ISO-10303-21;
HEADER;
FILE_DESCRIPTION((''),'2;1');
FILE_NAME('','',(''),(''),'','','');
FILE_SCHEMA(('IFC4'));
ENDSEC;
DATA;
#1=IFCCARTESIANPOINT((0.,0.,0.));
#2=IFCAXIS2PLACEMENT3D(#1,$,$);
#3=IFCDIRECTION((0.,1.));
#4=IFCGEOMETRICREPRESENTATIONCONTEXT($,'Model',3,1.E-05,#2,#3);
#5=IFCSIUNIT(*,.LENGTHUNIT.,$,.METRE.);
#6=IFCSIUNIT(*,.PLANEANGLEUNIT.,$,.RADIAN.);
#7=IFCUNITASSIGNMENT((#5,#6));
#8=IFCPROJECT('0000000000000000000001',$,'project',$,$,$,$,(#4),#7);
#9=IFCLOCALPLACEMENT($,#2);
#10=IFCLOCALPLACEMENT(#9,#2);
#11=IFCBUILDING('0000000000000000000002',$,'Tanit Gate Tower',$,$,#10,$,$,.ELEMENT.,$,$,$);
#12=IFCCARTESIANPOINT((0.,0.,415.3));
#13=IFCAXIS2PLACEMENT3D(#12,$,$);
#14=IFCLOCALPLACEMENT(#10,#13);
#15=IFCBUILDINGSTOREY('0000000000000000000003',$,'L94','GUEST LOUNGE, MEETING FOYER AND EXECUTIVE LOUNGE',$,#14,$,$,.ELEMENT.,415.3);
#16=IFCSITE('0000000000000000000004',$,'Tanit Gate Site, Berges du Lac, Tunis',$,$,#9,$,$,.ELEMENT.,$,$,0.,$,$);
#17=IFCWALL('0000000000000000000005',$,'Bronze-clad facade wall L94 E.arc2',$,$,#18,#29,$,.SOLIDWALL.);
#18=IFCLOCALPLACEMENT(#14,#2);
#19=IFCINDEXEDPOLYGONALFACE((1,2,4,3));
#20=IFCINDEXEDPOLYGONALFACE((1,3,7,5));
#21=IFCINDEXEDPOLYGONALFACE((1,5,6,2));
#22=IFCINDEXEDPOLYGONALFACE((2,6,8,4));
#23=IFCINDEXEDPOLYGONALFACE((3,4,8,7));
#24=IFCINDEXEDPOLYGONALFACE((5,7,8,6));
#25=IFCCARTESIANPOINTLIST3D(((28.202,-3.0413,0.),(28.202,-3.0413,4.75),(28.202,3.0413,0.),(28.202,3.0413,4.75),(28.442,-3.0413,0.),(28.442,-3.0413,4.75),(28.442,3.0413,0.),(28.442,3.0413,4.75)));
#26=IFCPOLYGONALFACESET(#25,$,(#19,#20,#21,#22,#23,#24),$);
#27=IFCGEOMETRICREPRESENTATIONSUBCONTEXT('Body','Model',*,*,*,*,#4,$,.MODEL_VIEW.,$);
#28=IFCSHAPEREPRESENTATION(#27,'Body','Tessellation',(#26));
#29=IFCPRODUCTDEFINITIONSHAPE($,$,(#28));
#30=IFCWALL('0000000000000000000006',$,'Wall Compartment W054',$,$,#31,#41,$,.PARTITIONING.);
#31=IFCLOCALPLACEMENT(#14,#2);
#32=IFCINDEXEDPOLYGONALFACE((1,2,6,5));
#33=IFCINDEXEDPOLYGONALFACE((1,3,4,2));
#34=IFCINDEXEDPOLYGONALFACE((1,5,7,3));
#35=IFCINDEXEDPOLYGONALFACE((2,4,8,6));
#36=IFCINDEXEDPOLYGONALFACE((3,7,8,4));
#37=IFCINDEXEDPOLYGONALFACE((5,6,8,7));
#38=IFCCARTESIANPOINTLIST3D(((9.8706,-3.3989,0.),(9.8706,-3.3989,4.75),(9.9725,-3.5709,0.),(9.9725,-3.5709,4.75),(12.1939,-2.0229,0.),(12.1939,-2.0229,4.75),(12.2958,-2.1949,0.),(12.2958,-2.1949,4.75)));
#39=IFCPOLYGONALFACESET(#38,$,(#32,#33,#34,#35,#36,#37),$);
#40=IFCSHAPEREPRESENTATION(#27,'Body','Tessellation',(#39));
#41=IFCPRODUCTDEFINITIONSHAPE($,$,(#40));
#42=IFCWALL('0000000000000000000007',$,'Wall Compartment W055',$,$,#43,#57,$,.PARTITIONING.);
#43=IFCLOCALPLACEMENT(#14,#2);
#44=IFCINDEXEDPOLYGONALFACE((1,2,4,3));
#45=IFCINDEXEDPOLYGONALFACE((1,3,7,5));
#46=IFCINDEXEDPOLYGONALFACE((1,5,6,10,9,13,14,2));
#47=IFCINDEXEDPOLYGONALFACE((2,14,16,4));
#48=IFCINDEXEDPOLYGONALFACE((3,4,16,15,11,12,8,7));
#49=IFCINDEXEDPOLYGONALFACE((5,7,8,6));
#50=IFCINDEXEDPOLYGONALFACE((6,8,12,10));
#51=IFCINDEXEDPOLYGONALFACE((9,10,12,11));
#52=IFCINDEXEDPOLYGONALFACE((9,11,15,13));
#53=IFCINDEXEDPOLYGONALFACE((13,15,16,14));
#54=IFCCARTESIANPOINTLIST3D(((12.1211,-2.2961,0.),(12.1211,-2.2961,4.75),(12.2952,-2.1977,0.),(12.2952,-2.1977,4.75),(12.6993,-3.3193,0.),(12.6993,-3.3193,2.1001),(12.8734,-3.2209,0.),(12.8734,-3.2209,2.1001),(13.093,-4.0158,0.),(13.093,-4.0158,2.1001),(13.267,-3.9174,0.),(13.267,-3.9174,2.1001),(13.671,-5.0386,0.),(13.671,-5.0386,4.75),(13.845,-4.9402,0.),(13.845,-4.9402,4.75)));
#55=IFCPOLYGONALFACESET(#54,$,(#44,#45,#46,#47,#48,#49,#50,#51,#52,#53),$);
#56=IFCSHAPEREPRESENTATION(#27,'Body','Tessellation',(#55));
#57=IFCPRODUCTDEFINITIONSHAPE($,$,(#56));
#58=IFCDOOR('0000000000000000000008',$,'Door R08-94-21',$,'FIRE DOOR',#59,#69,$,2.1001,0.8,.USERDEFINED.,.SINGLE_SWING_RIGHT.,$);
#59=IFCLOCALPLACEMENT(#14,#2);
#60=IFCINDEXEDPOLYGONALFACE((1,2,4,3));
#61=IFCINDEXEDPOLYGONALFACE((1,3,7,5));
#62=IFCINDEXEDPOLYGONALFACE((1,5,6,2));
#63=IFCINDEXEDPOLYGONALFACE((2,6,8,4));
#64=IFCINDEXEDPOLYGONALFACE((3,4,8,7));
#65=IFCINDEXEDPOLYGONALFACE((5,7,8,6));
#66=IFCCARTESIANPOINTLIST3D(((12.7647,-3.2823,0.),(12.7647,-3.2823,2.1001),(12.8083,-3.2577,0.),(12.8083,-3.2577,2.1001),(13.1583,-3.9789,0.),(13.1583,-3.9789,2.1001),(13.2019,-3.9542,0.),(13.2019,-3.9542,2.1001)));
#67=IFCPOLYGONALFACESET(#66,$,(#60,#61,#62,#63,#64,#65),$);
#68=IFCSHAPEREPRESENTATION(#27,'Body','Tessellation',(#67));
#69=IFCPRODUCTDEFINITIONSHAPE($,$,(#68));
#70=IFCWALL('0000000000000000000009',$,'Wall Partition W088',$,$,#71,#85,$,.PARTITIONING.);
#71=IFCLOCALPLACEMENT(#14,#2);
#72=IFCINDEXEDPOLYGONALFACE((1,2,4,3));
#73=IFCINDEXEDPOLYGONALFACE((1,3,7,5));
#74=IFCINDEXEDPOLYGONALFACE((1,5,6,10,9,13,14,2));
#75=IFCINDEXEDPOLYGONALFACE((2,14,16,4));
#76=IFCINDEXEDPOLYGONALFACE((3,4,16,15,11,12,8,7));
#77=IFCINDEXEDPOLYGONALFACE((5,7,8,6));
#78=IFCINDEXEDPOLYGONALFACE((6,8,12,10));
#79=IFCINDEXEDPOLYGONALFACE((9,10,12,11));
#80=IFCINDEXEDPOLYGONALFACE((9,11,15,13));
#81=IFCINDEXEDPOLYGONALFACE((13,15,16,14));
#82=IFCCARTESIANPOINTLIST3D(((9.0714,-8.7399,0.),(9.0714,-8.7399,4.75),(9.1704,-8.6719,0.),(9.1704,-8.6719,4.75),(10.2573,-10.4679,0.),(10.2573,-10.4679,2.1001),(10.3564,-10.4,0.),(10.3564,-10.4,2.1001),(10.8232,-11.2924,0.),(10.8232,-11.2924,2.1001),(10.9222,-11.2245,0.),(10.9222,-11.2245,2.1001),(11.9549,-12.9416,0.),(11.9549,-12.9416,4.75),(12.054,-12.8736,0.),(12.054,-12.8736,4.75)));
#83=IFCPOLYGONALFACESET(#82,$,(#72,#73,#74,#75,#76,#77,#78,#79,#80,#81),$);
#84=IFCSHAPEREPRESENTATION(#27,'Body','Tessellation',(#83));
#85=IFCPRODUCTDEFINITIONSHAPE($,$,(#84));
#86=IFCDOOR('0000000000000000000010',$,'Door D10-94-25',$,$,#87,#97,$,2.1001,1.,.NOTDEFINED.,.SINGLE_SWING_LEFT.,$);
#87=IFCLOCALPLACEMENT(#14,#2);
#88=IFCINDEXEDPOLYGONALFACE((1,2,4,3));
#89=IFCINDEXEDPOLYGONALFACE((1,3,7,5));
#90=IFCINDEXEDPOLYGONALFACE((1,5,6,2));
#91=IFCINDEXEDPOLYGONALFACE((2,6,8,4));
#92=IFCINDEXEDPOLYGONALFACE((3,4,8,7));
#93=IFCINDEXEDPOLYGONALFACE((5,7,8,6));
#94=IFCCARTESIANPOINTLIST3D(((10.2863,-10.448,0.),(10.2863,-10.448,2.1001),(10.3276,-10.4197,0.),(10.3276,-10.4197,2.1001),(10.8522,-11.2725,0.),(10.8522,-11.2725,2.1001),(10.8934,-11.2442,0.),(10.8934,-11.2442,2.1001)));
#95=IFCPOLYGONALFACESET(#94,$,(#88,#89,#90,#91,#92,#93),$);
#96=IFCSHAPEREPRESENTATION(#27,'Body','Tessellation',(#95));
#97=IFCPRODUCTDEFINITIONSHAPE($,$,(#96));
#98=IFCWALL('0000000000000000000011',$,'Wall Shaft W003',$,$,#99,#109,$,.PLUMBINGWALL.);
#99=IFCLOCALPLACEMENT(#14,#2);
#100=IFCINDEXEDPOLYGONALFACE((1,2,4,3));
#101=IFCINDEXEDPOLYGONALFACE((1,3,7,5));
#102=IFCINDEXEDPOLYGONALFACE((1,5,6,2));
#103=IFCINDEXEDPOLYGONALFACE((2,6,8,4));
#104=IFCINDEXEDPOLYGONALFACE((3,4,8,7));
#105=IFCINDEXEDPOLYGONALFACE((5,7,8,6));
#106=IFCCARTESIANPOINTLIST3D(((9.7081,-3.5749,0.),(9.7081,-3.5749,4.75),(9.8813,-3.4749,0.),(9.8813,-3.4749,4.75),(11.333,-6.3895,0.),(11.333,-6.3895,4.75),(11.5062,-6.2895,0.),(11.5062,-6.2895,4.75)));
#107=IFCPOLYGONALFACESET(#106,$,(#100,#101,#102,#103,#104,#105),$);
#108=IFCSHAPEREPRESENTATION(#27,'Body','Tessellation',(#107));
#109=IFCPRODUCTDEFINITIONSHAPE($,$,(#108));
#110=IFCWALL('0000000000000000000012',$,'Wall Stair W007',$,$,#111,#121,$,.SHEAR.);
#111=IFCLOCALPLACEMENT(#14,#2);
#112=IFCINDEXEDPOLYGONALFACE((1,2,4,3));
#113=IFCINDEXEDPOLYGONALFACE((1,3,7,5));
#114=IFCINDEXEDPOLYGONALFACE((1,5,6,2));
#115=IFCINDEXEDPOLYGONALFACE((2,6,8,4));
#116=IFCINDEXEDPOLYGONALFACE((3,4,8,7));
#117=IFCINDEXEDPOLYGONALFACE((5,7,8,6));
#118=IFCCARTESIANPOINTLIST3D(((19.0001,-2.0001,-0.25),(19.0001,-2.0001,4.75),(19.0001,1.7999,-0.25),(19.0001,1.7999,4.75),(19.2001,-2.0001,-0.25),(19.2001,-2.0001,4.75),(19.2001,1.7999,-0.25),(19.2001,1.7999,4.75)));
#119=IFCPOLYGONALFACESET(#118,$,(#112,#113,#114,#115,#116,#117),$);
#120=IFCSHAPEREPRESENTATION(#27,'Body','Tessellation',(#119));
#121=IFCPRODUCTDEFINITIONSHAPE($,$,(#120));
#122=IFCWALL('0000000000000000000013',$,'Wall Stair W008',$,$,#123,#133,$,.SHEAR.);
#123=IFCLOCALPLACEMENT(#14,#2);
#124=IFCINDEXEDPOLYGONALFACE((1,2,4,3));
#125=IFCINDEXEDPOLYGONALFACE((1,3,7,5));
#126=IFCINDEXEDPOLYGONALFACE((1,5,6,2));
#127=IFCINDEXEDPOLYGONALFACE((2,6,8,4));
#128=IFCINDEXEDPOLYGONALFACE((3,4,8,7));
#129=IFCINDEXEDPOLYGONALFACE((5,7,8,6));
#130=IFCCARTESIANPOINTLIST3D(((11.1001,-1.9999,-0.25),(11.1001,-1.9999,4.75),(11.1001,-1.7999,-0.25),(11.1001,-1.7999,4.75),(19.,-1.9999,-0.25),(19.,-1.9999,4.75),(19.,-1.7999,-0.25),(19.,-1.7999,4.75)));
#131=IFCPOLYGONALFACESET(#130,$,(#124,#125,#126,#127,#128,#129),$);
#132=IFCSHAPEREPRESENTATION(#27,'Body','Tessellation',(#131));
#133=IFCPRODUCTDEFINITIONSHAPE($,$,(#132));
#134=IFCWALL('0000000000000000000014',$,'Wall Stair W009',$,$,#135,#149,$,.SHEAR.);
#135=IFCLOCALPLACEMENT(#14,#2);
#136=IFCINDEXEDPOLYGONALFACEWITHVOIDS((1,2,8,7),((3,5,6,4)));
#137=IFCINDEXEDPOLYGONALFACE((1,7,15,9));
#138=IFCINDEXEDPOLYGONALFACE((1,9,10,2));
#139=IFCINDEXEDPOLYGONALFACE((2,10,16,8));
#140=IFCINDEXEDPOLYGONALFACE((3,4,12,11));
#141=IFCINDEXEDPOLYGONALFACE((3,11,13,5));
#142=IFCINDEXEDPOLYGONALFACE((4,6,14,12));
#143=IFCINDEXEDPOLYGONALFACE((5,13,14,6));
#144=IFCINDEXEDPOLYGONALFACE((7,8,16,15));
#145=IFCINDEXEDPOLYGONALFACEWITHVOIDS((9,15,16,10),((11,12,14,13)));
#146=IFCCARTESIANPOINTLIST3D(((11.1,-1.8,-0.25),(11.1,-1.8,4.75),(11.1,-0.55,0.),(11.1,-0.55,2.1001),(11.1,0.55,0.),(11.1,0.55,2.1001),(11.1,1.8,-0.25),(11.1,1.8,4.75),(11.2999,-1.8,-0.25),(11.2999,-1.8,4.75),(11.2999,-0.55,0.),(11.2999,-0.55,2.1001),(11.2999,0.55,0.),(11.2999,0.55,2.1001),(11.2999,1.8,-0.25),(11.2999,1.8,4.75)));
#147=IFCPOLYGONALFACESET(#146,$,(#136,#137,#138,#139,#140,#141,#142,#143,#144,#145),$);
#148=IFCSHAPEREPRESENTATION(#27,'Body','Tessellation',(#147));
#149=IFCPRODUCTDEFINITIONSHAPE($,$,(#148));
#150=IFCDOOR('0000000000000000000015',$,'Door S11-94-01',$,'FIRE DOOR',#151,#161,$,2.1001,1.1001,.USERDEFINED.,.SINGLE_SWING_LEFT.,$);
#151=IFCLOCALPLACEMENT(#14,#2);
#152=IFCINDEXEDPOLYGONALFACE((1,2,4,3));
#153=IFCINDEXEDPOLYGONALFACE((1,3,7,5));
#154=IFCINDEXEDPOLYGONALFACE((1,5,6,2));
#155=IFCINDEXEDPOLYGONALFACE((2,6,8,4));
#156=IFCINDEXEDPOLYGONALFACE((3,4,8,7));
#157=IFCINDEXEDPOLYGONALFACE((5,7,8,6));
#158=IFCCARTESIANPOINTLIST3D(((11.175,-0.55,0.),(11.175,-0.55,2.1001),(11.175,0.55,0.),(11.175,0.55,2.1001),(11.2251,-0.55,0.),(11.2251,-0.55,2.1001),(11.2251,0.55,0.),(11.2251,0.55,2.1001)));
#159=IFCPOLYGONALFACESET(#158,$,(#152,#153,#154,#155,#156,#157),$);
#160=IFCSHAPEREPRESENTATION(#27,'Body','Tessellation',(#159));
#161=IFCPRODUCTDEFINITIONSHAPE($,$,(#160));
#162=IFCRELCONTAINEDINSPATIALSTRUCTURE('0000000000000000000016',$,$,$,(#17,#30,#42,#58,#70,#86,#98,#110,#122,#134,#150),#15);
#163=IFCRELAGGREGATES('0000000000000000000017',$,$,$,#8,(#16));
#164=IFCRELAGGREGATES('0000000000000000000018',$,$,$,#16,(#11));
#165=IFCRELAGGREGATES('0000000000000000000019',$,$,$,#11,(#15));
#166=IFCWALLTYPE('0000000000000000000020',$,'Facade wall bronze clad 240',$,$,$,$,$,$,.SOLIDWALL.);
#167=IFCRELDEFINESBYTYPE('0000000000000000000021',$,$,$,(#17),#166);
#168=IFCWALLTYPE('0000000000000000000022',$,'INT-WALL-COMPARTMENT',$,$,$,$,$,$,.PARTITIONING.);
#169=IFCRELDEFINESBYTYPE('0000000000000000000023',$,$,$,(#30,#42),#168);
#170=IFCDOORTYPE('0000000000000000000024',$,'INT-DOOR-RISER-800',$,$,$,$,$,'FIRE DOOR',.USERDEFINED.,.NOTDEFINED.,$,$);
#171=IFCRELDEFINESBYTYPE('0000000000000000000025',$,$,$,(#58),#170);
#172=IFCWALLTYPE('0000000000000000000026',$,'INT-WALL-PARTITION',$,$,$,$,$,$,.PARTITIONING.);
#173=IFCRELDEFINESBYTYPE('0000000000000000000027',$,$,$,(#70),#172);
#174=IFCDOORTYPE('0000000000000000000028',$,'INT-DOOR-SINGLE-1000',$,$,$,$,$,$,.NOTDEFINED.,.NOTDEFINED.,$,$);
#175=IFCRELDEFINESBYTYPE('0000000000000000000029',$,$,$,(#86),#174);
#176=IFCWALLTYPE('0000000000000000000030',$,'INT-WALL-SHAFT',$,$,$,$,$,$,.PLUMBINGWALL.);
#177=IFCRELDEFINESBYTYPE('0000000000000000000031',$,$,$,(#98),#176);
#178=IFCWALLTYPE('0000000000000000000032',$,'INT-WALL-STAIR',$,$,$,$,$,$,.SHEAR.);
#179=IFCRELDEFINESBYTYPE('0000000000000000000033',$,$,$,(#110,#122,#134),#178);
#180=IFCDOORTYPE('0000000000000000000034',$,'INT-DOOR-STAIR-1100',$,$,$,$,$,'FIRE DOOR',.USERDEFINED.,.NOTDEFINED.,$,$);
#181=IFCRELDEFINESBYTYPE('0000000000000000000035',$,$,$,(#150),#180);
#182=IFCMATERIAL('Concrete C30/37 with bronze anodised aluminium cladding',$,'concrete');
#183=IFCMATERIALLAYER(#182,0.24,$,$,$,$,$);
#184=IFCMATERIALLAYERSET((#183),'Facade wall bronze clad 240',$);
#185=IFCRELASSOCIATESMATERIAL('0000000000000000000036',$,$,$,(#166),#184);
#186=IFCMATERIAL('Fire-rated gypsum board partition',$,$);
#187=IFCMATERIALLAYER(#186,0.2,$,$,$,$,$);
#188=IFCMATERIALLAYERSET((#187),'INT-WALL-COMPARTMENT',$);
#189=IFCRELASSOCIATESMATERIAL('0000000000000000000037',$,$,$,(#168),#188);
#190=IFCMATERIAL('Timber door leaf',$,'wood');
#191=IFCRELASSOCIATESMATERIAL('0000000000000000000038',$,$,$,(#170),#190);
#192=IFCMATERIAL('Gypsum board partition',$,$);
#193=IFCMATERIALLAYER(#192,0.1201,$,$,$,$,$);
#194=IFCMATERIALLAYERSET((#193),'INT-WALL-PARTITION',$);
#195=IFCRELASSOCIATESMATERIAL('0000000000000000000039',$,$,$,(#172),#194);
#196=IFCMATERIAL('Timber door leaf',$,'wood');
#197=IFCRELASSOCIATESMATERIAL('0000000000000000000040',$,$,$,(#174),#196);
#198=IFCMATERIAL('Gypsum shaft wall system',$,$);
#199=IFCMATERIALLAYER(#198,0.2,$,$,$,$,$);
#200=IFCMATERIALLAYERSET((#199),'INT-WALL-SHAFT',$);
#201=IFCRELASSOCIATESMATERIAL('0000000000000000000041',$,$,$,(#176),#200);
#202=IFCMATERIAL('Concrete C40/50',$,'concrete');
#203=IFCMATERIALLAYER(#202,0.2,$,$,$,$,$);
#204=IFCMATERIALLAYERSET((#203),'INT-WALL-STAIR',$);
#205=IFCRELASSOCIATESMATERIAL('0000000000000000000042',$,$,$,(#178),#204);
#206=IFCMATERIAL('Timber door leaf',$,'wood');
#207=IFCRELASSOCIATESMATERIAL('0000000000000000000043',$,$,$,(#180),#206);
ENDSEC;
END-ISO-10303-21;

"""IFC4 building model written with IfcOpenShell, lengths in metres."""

from ifc_helpers import new_model, si_unit, direction, frame, frame_2d, origin, place, context, subcontext, project, spatial, rectangle, extrude, material, layer, layer_set, type_object, element, fill, save


model = new_model("IFC4")

# Units and contexts
model_context = context("Model", 3, precision=1e-05, world=origin(), true_north=direction((0.0, 1.0)))
body_context = subcontext(model_context, "Body", "Model", "MODEL_VIEW")
ifc_project = project(units=[si_unit("LENGTHUNIT", "METRE"), si_unit("PLANEANGLEUNIT", "RADIAN")], contexts=[model_context])

# Site, building, storey
site_placement = place(None, origin())
site = spatial("IfcSite", under=ifc_project, at=site_placement, Name="Tanit Gate Site, Berges du Lac, Tunis", CompositionType="ELEMENT", RefElevation=0.0)
building_placement = place(site_placement, origin())
building = spatial("IfcBuilding", under=site, at=building_placement, Name="Tanit Gate Tower", CompositionType="ELEMENT")
storey_placement = place(building_placement, frame((0.0, 0.0, 415.3)))
storey = spatial("IfcBuildingStorey", under=building, at=storey_placement, Name="L94", Description="GUEST LOUNGE, MEETING FOYER AND EXECUTIVE LOUNGE", CompositionType="ELEMENT", Elevation=415.3)

# Walls
ifc_material_1 = material(Name="Concrete C30/37 with bronze anodised aluminium cladding", Category="concrete")
ifc_layer_1 = layer(ifc_material_1, 0.24)
ifc_layer_set_1 = layer_set([ifc_layer_1], Name="Facade wall bronze clad 240")
wall_type_1 = type_object("IfcWallType", Name="Facade wall bronze clad 240", PredefinedType="SOLIDWALL", material=ifc_layer_set_1)
wall_1_placement = place(storey_placement, frame((28.322, -3.0413, 0.0), z_axis=(0.0, 0.0, 1.0), x_axis=(0.0, 1.0, 0.0)))
element("IfcWall", 1, at=wall_1_placement, inside=storey, type_object=wall_type_1, Name="Bronze-clad facade wall L94 E.arc2", PredefinedType="SOLIDWALL", context=body_context, shape_type="SweptSolid", body=[
    extrude(rectangle(XDim=6.0825, YDim=0.24, at=frame_2d((3.0413, 0.0))), origin(), (0.0, 0.0, 1.0), 4.75),
])
ifc_material_2 = material(Name="Fire-rated gypsum board partition")
ifc_layer_2 = layer(ifc_material_2, 0.2)
ifc_layer_set_2 = layer_set([ifc_layer_2], Name="INT-WALL-COMPARTMENT")
wall_type_2 = type_object("IfcWallType", Name="INT-WALL-COMPARTMENT", PredefinedType="PARTITIONING", material=ifc_layer_set_2)
wall_2_placement = place(storey_placement, frame((12.2449, -2.1089, 0.0), z_axis=(0.0, 0.0, 1.0), x_axis=(-0.860415, -0.509594, 0.0)))
element("IfcWall", 2, at=wall_2_placement, inside=storey, type_object=wall_type_2, Name="Wall Compartment W054", PredefinedType="PARTITIONING", context=body_context, shape_type="SweptSolid", body=[
    extrude(rectangle(XDim=2.7002, YDim=0.2, at=frame_2d((1.3501, 0.0))), origin(), (0.0, 0.0, 1.0), 4.75),
])

# Walls, openings, doors
wall_3_placement = place(storey_placement, frame((13.7581, -4.9895, 0.0), z_axis=(0.0, 0.0, 1.0), x_axis=(-0.491993, 0.870599, 0.0)))
wall_3 = element("IfcWall", 3, at=wall_3_placement, inside=storey, type_object=wall_type_2, Name="Wall Compartment W055", PredefinedType="PARTITIONING", context=body_context, shape_type="SweptSolid", body=[
    extrude(rectangle(XDim=3.1501, YDim=0.2, at=frame_2d((1.5752, 0.0))), origin(), (0.0, 0.0, 1.0), 4.75),
])
opening_1_placement = place(wall_3_placement, frame((1.175, 0.0, 0.0)))
opening_1 = element("IfcOpeningElement", 4, at=opening_1_placement, cuts=wall_3, PredefinedType="OPENING", context=body_context, shape_type="SweptSolid", body=[
    extrude(rectangle(XDim=0.8, YDim=2.1001, at=frame_2d((0.3999, 1.05))), frame((0.0, 0.1099, 0.0), z_axis=(0.0, -1.0, 0.0), x_axis=(1.0, 0.0, 0.0)), (0.0, 0.0, 1.0), 0.22),
])
ifc_material_3 = material(Name="Timber door leaf", Category="wood")
door_type_1 = type_object("IfcDoorType", Name="INT-DOOR-RISER-800", ElementType="FIRE DOOR", OperationType="NOTDEFINED", PredefinedType="USERDEFINED", material=ifc_material_3)
door_1_placement = place(opening_1_placement, origin())
door_1 = element("IfcDoor", 5, at=door_1_placement, inside=storey, type_object=door_type_1, Name="Door R08-94-21", ObjectType="FIRE DOOR", OperationType="SINGLE_SWING_RIGHT", OverallHeight=2.1001, OverallWidth=0.8, PredefinedType="USERDEFINED", context=body_context, shape_type="SweptSolid", body=[
    extrude(rectangle(XDim=0.8, YDim=2.1001, at=frame_2d((0.3999, 1.05))), frame((0.0, 0.0249, 0.0), z_axis=(0.0, -1.0, 0.0), x_axis=(1.0, 0.0, 0.0)), (0.0, 0.0, 1.0), 0.05),
])
fill(opening_1, door_1)
ifc_material_4 = material(Name="Gypsum board partition")
ifc_layer_3 = layer(ifc_material_4, 0.1201)
ifc_layer_set_3 = layer_set([ifc_layer_3], Name="INT-WALL-PARTITION")
wall_type_3 = type_object("IfcWallType", Name="INT-WALL-PARTITION", PredefinedType="PARTITIONING", material=ifc_layer_set_3)
wall_4_placement = place(storey_placement, frame((12.0044, -12.9075, 0.0), z_axis=(0.0, 0.0, 1.0), x_axis=(-0.56585, 0.824509, 0.0)))
wall_4 = element("IfcWall", 6, at=wall_4_placement, inside=storey, type_object=wall_type_3, Name="Wall Partition W088", PredefinedType="PARTITIONING", context=body_context, shape_type="SweptSolid", body=[
    extrude(rectangle(XDim=5.0959, YDim=0.1201, at=frame_2d((2.5479, 0.0))), origin(), (0.0, 0.0, 1.0), 4.75),
])
opening_2_placement = place(wall_4_placement, frame((2.0, 0.0, 0.0)))
opening_2 = element("IfcOpeningElement", 7, at=opening_2_placement, cuts=wall_4, PredefinedType="OPENING", context=body_context, shape_type="SweptSolid", body=[
    extrude(rectangle(XDim=1.0, YDim=2.1001, at=frame_2d((0.5, 1.05))), frame((0.0, 0.0701, 0.0), z_axis=(0.0, -1.0, 0.0), x_axis=(1.0, 0.0, 0.0)), (0.0, 0.0, 1.0), 0.1401),
])
ifc_material_5 = material(Name="Timber door leaf", Category="wood")
door_type_2 = type_object("IfcDoorType", Name="INT-DOOR-SINGLE-1000", OperationType="NOTDEFINED", PredefinedType="NOTDEFINED", material=ifc_material_5)
door_2_placement = place(opening_2_placement, origin())
door_2 = element("IfcDoor", 8, at=door_2_placement, inside=storey, type_object=door_type_2, Name="Door D10-94-25", OperationType="SINGLE_SWING_LEFT", OverallHeight=2.1001, OverallWidth=1.0, PredefinedType="NOTDEFINED", context=body_context, shape_type="SweptSolid", body=[
    extrude(rectangle(XDim=1.0, YDim=2.1001, at=frame_2d((0.5, 1.05))), frame((0.0, 0.0249, 0.0), z_axis=(0.0, -1.0, 0.0), x_axis=(1.0, 0.0, 0.0)), (0.0, 0.0, 1.0), 0.05),
])
fill(opening_2, door_2)

# Walls
ifc_material_6 = material(Name="Gypsum shaft wall system")
ifc_layer_4 = layer(ifc_material_6, 0.2)
ifc_layer_set_4 = layer_set([ifc_layer_4], Name="INT-WALL-SHAFT")
wall_type_4 = type_object("IfcWallType", Name="INT-WALL-SHAFT", PredefinedType="PLUMBINGWALL", material=ifc_layer_set_4)
wall_5_placement = place(storey_placement, frame((9.7947, -3.5249, 0.0), z_axis=(0.0, 0.0, 1.0), x_axis=(0.499985, -0.866034, 0.0)))
element("IfcWall", 9, at=wall_5_placement, inside=storey, type_object=wall_type_4, Name="Wall Shaft W003", PredefinedType="PLUMBINGWALL", context=body_context, shape_type="SweptSolid", body=[
    extrude(rectangle(XDim=3.25, YDim=0.2, at=frame_2d((1.625, 0.0))), origin(), (0.0, 0.0, 1.0), 4.75),
])
ifc_material_7 = material(Name="Concrete C40/50", Category="concrete")
ifc_layer_5 = layer(ifc_material_7, 0.2)
ifc_layer_set_5 = layer_set([ifc_layer_5], Name="INT-WALL-STAIR")
wall_type_5 = type_object("IfcWallType", Name="INT-WALL-STAIR", PredefinedType="SHEAR", material=ifc_layer_set_5)
wall_6_placement = place(storey_placement, frame((19.1001, -2.0, -0.25), z_axis=(0.0, 0.0, 1.0), x_axis=(0.0, 1.0, 0.0)))
element("IfcWall", 10, at=wall_6_placement, inside=storey, type_object=wall_type_5, Name="Wall Stair W007", PredefinedType="SHEAR", context=body_context, shape_type="SweptSolid", body=[
    extrude(rectangle(XDim=3.8, YDim=0.2, at=frame_2d((1.8999, 0.0))), origin(), (0.0, 0.0, 1.0), 5.0),
])
wall_7_placement = place(storey_placement, frame((11.1001, -1.8999, -0.25), z_axis=(0.0, 0.0, 1.0), x_axis=(1.0, 0.0, 0.0)))
element("IfcWall", 11, at=wall_7_placement, inside=storey, type_object=wall_type_5, Name="Wall Stair W008", PredefinedType="SHEAR", context=body_context, shape_type="SweptSolid", body=[
    extrude(rectangle(XDim=7.8999, YDim=0.2, at=frame_2d((3.95, 0.0))), origin(), (0.0, 0.0, 1.0), 5.0),
])

# Wall, opening, door
wall_8_placement = place(storey_placement, frame((11.2, -1.8, -0.25), z_axis=(0.0, 0.0, 1.0), x_axis=(0.0, 1.0, 0.0)))
wall_8 = element("IfcWall", 12, at=wall_8_placement, inside=storey, type_object=wall_type_5, Name="Wall Stair W009", PredefinedType="SHEAR", context=body_context, shape_type="SweptSolid", body=[
    extrude(rectangle(XDim=3.6001, YDim=0.2, at=frame_2d((1.8, 0.0))), origin(), (0.0, 0.0, 1.0), 5.0),
])
opening_3_placement = place(wall_8_placement, frame((1.25, 0.0, 0.25)))
opening_3 = element("IfcOpeningElement", 13, at=opening_3_placement, cuts=wall_8, PredefinedType="OPENING", context=body_context, shape_type="SweptSolid", body=[
    extrude(rectangle(XDim=1.1001, YDim=2.1001, at=frame_2d((0.55, 1.05))), frame((0.0, 0.1099, 0.0), z_axis=(0.0, -1.0, 0.0), x_axis=(1.0, 0.0, 0.0)), (0.0, 0.0, 1.0), 0.22),
])
ifc_material_8 = material(Name="Timber door leaf", Category="wood")
door_type_3 = type_object("IfcDoorType", Name="INT-DOOR-STAIR-1100", ElementType="FIRE DOOR", OperationType="NOTDEFINED", PredefinedType="USERDEFINED", material=ifc_material_8)
door_3_placement = place(opening_3_placement, origin())
door_3 = element("IfcDoor", 14, at=door_3_placement, inside=storey, type_object=door_type_3, Name="Door S11-94-01", ObjectType="FIRE DOOR", OperationType="SINGLE_SWING_LEFT", OverallHeight=2.1001, OverallWidth=1.1001, PredefinedType="USERDEFINED", context=body_context, shape_type="SweptSolid", body=[
    extrude(rectangle(XDim=1.1001, YDim=2.1001, at=frame_2d((0.55, 1.05))), frame((0.0, 0.0249, 0.0), z_axis=(0.0, -1.0, 0.0), x_axis=(1.0, 0.0, 0.0)), (0.0, 0.0, 1.0), 0.05),
])
fill(opening_3, door_3)

save(model, "model.ifc")
